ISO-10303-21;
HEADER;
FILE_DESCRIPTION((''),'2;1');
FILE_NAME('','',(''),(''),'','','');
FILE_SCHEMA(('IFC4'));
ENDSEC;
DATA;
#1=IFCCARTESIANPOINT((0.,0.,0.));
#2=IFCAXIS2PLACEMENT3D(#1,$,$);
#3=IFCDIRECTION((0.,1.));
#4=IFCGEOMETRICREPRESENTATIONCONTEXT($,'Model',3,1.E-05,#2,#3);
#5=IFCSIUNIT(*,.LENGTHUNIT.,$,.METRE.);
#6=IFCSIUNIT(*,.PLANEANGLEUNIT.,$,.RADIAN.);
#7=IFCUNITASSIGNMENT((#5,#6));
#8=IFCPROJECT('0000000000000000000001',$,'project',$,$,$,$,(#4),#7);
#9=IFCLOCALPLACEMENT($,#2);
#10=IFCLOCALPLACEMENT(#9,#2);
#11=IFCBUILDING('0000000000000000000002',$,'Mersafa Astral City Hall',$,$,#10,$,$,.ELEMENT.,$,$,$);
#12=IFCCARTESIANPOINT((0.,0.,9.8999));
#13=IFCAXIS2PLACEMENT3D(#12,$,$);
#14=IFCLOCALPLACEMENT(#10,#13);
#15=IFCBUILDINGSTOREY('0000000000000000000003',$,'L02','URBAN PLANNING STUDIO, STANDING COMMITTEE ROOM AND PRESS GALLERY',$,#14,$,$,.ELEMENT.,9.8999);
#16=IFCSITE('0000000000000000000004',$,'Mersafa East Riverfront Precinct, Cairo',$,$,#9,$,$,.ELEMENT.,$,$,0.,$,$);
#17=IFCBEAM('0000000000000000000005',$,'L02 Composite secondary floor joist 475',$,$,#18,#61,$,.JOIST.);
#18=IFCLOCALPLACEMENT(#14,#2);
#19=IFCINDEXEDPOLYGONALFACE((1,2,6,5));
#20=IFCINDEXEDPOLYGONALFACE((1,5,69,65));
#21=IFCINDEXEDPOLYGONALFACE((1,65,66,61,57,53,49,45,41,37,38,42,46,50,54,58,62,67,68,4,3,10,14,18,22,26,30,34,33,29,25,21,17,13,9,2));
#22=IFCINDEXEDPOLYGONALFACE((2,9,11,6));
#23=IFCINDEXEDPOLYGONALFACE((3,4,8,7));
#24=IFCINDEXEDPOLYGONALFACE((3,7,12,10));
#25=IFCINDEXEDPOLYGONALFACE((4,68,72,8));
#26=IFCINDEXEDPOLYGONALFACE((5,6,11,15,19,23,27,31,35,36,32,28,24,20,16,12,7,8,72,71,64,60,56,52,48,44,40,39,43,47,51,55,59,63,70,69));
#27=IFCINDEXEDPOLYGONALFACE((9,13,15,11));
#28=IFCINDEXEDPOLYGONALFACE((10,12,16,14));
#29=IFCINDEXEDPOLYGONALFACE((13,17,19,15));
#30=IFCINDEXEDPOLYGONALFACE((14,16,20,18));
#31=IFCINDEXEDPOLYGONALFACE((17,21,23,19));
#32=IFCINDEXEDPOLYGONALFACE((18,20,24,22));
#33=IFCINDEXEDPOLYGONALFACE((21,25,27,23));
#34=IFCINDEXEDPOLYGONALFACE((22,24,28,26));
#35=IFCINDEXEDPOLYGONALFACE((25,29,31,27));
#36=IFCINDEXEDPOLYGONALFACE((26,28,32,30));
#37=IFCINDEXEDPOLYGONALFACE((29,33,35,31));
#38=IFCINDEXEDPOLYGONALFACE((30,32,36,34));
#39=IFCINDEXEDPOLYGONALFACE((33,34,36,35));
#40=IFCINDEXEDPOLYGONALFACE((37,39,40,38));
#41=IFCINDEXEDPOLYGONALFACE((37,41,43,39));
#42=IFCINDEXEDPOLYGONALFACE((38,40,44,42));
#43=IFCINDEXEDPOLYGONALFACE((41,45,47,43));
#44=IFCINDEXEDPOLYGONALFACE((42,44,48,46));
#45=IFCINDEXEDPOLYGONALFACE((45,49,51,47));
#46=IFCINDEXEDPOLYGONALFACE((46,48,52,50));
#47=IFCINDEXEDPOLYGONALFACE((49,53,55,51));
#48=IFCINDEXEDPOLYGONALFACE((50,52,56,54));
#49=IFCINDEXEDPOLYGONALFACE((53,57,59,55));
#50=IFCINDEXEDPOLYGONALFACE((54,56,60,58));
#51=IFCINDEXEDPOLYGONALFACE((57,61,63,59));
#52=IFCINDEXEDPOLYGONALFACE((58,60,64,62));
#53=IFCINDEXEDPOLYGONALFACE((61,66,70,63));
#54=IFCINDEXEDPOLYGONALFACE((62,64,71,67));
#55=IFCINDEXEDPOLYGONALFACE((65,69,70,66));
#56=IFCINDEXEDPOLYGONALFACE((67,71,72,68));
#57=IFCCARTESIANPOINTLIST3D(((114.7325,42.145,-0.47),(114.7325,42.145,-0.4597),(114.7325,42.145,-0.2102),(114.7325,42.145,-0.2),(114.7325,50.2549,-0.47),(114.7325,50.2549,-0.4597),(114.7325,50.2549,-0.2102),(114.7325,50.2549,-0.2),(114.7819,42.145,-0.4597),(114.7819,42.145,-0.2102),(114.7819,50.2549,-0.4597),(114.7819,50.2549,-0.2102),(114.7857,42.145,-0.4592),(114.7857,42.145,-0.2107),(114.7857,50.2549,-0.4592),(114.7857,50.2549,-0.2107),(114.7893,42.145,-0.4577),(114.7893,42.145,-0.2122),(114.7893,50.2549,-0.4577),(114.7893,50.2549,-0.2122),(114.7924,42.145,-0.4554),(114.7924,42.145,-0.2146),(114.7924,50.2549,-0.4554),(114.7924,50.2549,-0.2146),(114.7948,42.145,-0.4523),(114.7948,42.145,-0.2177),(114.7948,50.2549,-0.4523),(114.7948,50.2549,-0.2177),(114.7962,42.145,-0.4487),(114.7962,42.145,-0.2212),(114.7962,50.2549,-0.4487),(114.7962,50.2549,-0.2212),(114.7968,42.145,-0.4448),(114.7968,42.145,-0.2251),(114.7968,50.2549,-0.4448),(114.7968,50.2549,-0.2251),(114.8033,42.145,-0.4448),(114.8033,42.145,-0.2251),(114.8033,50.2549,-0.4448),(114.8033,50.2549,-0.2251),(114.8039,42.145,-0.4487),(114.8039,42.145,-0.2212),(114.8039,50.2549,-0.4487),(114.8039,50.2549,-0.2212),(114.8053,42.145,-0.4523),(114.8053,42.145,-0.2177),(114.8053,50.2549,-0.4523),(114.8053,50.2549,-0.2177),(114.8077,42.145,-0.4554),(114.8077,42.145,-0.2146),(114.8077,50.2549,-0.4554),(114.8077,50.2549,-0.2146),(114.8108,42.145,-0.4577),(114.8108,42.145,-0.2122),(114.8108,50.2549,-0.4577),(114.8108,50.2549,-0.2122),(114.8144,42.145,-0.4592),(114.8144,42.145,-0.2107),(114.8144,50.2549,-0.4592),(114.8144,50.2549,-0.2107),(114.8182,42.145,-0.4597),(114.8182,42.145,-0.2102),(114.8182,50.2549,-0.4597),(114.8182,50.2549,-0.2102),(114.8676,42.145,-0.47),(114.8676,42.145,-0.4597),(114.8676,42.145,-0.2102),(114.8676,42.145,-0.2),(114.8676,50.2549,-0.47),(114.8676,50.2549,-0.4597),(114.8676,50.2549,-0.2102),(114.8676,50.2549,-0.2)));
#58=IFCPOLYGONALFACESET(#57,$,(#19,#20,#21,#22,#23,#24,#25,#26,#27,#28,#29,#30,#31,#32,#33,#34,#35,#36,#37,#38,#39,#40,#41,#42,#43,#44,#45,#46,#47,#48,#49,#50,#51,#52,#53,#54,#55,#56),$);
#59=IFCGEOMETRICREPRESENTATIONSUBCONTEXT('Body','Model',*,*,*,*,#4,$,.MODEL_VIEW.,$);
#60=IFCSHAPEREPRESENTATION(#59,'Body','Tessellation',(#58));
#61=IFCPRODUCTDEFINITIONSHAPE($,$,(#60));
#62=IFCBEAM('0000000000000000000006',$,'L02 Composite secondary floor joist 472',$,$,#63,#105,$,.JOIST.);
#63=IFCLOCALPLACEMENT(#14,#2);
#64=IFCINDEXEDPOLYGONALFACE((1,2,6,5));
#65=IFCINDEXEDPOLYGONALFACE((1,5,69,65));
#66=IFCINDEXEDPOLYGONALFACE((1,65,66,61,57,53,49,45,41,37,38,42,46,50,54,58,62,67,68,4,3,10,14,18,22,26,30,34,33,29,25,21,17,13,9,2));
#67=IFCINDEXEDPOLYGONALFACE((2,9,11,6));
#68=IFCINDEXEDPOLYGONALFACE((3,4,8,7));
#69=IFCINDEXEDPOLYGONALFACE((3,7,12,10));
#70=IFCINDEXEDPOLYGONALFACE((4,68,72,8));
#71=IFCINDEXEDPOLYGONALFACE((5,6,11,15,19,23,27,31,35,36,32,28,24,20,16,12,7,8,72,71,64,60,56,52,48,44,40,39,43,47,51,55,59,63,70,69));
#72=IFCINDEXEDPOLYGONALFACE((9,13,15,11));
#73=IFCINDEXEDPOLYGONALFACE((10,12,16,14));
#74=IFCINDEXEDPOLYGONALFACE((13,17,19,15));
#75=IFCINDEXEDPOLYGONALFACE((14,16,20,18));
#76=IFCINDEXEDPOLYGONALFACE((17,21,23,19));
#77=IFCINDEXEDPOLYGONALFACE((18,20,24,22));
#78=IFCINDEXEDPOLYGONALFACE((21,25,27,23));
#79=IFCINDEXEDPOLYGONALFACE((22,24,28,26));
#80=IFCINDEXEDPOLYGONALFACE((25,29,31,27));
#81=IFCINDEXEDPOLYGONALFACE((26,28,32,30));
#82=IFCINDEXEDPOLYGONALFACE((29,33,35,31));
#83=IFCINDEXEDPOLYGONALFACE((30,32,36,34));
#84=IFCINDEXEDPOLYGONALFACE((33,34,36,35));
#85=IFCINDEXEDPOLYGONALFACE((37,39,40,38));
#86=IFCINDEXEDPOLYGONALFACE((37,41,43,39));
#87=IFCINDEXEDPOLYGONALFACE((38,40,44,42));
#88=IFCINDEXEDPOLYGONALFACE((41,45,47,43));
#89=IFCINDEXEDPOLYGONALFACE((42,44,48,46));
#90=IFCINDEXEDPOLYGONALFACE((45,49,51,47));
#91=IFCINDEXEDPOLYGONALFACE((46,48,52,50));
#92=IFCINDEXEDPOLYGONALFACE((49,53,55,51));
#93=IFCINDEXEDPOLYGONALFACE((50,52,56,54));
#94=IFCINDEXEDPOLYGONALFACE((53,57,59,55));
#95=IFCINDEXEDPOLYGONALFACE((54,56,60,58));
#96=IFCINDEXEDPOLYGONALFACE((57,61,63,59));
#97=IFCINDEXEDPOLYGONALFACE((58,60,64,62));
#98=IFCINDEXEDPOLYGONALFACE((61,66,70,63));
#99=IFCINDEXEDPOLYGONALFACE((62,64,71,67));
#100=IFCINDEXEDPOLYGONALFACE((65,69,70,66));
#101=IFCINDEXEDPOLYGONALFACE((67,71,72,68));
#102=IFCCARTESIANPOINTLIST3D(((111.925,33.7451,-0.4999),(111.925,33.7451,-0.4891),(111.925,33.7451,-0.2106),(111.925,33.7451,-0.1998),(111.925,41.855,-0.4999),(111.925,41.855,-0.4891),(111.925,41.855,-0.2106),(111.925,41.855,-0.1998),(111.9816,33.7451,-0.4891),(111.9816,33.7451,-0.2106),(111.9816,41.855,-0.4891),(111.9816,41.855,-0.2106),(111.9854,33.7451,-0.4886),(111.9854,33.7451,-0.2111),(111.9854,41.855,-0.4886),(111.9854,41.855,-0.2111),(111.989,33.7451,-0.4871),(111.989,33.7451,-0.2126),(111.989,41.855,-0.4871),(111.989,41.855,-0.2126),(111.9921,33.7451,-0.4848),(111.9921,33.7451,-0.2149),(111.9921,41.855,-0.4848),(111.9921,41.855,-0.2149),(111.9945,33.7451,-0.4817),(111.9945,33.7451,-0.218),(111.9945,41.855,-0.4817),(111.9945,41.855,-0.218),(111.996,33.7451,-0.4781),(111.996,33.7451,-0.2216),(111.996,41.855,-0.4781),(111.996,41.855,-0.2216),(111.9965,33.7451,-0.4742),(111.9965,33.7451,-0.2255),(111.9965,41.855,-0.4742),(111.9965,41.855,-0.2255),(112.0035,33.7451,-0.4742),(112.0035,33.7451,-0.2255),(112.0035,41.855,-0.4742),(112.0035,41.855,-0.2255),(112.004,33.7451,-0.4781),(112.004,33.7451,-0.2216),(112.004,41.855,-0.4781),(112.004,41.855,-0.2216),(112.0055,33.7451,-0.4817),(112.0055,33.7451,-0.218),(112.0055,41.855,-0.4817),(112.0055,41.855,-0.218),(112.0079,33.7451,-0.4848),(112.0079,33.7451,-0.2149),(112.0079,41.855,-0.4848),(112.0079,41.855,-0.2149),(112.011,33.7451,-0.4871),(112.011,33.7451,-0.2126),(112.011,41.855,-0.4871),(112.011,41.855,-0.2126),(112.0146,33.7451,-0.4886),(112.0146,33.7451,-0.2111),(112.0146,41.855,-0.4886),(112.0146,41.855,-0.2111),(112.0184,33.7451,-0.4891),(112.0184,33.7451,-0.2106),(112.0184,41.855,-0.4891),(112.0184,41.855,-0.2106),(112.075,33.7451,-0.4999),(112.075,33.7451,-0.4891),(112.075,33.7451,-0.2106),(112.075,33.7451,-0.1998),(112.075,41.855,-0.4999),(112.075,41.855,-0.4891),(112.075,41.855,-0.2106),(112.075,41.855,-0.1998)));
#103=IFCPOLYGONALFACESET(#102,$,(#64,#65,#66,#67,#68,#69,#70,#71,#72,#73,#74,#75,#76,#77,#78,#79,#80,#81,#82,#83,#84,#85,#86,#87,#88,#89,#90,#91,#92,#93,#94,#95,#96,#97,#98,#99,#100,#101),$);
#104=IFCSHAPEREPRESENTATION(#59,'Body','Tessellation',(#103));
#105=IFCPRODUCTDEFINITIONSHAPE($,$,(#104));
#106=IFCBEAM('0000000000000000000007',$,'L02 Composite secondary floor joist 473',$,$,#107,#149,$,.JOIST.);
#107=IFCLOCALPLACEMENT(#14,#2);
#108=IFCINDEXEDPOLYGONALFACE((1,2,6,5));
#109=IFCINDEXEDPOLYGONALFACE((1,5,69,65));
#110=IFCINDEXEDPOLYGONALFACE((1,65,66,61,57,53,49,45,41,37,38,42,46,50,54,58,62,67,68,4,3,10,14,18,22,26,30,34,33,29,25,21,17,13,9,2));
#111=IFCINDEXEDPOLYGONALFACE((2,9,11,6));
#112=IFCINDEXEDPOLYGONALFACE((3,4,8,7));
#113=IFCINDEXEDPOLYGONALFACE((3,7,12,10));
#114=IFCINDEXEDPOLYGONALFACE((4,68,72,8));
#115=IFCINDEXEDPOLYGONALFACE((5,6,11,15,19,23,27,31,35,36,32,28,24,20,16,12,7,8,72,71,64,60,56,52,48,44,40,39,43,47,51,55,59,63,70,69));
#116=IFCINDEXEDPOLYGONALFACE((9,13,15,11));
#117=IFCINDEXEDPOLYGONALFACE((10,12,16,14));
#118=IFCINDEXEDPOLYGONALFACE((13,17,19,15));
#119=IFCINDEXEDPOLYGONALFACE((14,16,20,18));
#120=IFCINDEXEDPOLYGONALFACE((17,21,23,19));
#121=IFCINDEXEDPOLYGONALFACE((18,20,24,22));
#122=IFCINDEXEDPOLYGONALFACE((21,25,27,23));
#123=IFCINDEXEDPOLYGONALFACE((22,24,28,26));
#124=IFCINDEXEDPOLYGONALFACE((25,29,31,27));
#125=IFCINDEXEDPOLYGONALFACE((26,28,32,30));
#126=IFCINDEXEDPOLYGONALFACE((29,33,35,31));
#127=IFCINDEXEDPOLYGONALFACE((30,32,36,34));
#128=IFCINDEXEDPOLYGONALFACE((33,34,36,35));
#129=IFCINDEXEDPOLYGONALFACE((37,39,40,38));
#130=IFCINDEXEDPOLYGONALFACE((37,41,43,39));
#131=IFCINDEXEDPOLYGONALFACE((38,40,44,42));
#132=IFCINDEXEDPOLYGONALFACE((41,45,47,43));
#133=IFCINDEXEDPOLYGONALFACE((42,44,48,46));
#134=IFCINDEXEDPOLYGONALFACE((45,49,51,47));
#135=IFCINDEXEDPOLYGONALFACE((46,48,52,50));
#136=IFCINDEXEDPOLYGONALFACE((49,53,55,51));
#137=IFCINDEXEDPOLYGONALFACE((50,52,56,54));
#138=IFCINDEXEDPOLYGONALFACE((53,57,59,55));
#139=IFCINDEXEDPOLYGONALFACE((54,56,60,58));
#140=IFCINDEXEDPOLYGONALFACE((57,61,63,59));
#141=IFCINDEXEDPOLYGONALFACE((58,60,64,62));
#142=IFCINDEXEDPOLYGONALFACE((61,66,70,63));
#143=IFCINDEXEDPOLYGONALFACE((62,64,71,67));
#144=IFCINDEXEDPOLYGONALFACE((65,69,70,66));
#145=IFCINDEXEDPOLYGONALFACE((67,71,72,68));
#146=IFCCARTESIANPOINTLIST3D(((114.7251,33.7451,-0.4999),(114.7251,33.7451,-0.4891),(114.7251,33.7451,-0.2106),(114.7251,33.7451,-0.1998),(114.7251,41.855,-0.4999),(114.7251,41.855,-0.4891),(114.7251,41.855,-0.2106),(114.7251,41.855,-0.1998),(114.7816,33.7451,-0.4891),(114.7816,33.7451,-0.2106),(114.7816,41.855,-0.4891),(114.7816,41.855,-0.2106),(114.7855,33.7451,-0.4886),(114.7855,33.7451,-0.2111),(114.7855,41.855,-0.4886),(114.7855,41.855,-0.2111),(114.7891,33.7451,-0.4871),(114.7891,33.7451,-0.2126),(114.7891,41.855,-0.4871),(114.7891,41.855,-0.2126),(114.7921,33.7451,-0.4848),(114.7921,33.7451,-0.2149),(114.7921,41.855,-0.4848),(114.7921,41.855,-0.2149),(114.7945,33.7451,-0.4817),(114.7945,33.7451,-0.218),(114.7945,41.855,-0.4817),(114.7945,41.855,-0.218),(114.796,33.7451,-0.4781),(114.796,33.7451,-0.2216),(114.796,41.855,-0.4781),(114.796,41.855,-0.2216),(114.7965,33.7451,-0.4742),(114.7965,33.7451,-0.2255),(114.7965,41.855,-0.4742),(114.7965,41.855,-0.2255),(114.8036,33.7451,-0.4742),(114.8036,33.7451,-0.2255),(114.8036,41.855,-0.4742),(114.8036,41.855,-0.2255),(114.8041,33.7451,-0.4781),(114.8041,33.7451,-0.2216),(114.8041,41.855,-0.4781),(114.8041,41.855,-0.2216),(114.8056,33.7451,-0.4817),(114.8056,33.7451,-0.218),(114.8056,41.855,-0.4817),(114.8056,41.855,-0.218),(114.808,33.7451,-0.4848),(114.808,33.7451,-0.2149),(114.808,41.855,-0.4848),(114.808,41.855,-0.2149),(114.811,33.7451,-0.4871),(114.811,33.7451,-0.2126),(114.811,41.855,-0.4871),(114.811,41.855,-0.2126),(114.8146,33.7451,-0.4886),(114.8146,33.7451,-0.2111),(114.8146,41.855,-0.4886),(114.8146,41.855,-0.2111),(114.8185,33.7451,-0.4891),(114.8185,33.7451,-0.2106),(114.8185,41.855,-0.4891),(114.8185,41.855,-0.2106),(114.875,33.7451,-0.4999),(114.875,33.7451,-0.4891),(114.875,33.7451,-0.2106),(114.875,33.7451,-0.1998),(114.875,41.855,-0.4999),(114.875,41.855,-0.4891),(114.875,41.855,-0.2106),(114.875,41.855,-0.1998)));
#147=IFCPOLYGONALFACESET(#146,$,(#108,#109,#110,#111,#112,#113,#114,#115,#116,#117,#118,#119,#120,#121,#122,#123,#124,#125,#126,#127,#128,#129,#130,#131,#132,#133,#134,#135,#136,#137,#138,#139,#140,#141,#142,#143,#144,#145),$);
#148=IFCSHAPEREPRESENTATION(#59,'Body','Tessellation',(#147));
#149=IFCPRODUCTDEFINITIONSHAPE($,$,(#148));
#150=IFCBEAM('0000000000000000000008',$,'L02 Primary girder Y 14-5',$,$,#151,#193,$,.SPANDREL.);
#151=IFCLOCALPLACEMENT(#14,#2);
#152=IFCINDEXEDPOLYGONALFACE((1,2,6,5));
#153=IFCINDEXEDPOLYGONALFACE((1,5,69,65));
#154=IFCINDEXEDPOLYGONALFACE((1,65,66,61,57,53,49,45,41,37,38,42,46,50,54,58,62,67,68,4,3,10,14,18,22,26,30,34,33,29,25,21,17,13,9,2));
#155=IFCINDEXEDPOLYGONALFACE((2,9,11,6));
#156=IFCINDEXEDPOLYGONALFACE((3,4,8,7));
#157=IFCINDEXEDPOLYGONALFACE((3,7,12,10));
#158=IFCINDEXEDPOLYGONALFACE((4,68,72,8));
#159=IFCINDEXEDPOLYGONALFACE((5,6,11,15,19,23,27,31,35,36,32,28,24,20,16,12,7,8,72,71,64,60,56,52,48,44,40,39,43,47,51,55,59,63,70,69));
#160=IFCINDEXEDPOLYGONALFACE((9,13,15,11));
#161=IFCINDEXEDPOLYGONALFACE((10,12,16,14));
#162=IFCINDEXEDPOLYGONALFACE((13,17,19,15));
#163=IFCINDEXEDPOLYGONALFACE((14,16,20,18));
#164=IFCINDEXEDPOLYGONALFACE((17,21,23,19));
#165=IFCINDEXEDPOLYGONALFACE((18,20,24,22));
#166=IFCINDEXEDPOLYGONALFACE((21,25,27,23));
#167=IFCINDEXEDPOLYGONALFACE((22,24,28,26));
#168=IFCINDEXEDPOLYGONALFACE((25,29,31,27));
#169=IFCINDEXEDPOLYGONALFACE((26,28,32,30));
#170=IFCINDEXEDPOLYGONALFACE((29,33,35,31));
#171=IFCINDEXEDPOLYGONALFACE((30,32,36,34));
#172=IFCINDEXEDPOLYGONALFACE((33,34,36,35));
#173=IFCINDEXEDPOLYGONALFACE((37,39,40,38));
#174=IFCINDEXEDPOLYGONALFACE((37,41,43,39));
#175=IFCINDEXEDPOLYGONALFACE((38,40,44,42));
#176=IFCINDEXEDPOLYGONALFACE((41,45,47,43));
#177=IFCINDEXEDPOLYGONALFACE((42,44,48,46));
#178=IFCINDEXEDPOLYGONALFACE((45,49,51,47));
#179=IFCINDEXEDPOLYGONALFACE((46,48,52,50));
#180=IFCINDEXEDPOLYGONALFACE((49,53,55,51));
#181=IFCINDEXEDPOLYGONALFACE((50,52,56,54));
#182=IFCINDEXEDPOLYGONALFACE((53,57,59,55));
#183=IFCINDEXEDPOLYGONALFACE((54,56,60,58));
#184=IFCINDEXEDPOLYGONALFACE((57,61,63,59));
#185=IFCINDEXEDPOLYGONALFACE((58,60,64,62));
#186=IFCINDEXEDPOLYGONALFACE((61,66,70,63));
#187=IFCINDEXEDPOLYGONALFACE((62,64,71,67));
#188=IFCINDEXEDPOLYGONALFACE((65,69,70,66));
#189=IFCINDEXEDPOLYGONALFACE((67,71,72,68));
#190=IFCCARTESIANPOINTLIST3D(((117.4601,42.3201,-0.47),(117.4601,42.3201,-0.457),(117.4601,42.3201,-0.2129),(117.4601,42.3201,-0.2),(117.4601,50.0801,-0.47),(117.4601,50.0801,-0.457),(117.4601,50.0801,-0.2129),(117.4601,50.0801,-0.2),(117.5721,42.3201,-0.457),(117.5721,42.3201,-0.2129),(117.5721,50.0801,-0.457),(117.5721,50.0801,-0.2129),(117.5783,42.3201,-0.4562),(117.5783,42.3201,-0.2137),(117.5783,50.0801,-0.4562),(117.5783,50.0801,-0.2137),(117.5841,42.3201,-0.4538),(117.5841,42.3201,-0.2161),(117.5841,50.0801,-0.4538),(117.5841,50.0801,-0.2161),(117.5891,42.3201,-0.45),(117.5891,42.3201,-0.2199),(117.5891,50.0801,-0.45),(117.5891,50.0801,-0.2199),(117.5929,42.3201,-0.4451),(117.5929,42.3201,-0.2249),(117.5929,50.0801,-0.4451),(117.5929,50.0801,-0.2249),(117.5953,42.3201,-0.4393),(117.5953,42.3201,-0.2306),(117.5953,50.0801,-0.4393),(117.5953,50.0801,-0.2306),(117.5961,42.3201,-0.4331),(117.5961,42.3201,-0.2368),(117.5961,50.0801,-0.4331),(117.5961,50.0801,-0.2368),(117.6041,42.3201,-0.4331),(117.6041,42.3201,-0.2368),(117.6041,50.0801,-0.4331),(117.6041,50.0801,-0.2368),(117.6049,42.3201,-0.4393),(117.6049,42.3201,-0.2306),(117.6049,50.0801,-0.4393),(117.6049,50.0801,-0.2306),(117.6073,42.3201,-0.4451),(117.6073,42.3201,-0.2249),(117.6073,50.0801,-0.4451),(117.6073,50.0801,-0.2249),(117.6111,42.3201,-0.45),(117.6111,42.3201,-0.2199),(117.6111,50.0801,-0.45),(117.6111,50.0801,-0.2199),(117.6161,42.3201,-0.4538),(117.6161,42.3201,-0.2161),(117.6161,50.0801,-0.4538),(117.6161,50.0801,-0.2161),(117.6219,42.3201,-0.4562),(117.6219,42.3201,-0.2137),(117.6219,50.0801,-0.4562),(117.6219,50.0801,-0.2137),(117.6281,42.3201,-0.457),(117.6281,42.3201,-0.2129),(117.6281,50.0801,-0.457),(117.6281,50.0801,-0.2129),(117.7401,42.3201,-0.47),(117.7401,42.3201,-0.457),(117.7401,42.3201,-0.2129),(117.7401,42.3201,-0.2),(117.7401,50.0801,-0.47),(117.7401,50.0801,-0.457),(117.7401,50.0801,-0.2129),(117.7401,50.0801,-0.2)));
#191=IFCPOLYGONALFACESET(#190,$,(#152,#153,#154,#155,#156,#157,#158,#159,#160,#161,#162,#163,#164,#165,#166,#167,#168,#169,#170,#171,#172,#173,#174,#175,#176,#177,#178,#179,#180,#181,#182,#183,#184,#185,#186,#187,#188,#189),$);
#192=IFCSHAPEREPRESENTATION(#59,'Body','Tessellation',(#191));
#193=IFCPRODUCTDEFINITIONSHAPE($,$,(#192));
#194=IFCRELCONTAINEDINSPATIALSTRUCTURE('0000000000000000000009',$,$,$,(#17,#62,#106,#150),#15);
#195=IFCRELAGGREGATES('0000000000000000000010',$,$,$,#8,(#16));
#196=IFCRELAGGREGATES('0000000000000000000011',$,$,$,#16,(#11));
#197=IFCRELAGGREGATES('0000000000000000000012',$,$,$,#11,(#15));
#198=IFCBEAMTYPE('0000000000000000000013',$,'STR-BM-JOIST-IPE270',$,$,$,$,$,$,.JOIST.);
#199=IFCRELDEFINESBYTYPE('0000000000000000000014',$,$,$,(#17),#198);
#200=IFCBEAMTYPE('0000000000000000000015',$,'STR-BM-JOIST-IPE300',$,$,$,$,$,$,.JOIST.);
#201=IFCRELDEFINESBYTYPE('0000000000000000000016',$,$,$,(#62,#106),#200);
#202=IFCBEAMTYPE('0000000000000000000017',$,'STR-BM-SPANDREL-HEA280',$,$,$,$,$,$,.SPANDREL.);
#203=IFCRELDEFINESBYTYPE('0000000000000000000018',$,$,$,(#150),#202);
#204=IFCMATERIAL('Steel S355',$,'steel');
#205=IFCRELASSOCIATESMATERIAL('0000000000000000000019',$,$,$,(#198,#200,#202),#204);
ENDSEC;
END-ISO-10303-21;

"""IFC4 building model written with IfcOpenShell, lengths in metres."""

from ifc_helpers import new_model, si_unit, direction, frame, origin, origin_2d, place, context, subcontext, project, spatial, i_section, extrude, material, material_profile, profile_set, type_object, element, save


model = new_model("IFC4")

# Units and contexts
model_context = context("Model", 3, precision=1e-05, world=origin(), true_north=direction((0.0, 1.0)))
body_context = subcontext(model_context, "Body", "Model", "MODEL_VIEW")
ifc_project = project(units=[si_unit("LENGTHUNIT", "METRE"), si_unit("PLANEANGLEUNIT", "RADIAN")], contexts=[model_context])

# Site, building, storey
site_placement = place(None, origin())
site = spatial("IfcSite", under=ifc_project, at=site_placement, Name="Mersafa East Riverfront Precinct, Cairo", CompositionType="ELEMENT", RefElevation=0.0)
building_placement = place(site_placement, origin())
building = spatial("IfcBuilding", under=site, at=building_placement, Name="Mersafa Astral City Hall", CompositionType="ELEMENT")
storey_placement = place(building_placement, frame((0.0, 0.0, 9.8999)))
storey = spatial("IfcBuildingStorey", under=building, at=storey_placement, Name="L02", Description="URBAN PLANNING STUDIO, STANDING COMMITTEE ROOM AND PRESS GALLERY", CompositionType="ELEMENT", Elevation=9.8999)

# Shared definitions
ifc_material_1 = material(Name="Steel S355", Category="steel")

# Beams
ifc_material_profile_1 = material_profile(ifc_material_1, i_section(OverallWidth=0.135, OverallDepth=0.27, WebThickness=0.0066, FlangeThickness=0.0103, FilletRadius=0.0149, at=origin_2d()), Name="IPE 270")
ifc_profile_set_1 = profile_set([ifc_material_profile_1], Name="Steel S355")
beam_type_1 = type_object("IfcBeamType", Name="STR-BM-JOIST-IPE270", PredefinedType="JOIST", material=ifc_profile_set_1)
for number, where, z_axis, x_axis, name in (
    (1, (114.8, 42.145, -0.335), (0.0, 1.0, 0.0), (-1.0, 0.0, 0.0), "L02 Composite secondary floor joist 475"),
):
    element("IfcBeam", number, at=place(storey_placement, frame(where, z_axis=z_axis, x_axis=x_axis)), inside=storey, type_object=beam_type_1, Name=name, PredefinedType="JOIST", context=body_context, shape_type="SweptSolid", body=[
        extrude(i_section(OverallWidth=0.135, OverallDepth=0.27, WebThickness=0.0066, FlangeThickness=0.0103, FilletRadius=0.0149, at=origin_2d()), origin(), (0.0, 0.0, 1.0), 8.1099),
    ])
ifc_material_profile_2 = material_profile(ifc_material_1, i_section(OverallWidth=0.1499, OverallDepth=0.3, WebThickness=0.0071, FlangeThickness=0.0107, FilletRadius=0.0149, at=origin_2d()), Name="IPE 300")
ifc_profile_set_2 = profile_set([ifc_material_profile_2], Name="Steel S355")
beam_type_2 = type_object("IfcBeamType", Name="STR-BM-JOIST-IPE300", PredefinedType="JOIST", material=ifc_profile_set_2)
for number, where, z_axis, x_axis, name in (
    (2, (112.0, 33.7451, -0.3499), (0.0, 1.0, 0.0), (-1.0, 0.0, 0.0), "L02 Composite secondary floor joist 472"),
    (3, (114.8, 33.7451, -0.3499), (0.0, 1.0, 0.0), (-1.0, 0.0, 0.0), "L02 Composite secondary floor joist 473"),
):
    element("IfcBeam", number, at=place(storey_placement, frame(where, z_axis=z_axis, x_axis=x_axis)), inside=storey, type_object=beam_type_2, Name=name, PredefinedType="JOIST", context=body_context, shape_type="SweptSolid", body=[
        extrude(i_section(OverallWidth=0.1499, OverallDepth=0.3, WebThickness=0.0071, FlangeThickness=0.0107, FilletRadius=0.0149, at=origin_2d()), origin(), (0.0, 0.0, 1.0), 8.1099),
    ])
ifc_material_profile_3 = material_profile(ifc_material_1, i_section(OverallWidth=0.28, OverallDepth=0.27, WebThickness=0.0081, FlangeThickness=0.0129, FilletRadius=0.0239, at=origin_2d()), Name="HEA 280")
ifc_profile_set_3 = profile_set([ifc_material_profile_3], Name="Steel S355")
beam_type_3 = type_object("IfcBeamType", Name="STR-BM-SPANDREL-HEA280", PredefinedType="SPANDREL", material=ifc_profile_set_3)
beam_1_placement = place(storey_placement, frame((117.6001, 42.3201, -0.335), z_axis=(0.0, 1.0, 0.0), x_axis=(-1.0, 0.0, 0.0)))
element("IfcBeam", 4, at=beam_1_placement, inside=storey, type_object=beam_type_3, Name="L02 Primary girder Y 14-5", PredefinedType="SPANDREL", context=body_context, shape_type="SweptSolid", body=[
    extrude(i_section(OverallWidth=0.28, OverallDepth=0.27, WebThickness=0.0081, FlangeThickness=0.0129, FilletRadius=0.0239, at=origin_2d()), origin(), (0.0, 0.0, 1.0), 7.76),
])

save(model, "model.ifc")
